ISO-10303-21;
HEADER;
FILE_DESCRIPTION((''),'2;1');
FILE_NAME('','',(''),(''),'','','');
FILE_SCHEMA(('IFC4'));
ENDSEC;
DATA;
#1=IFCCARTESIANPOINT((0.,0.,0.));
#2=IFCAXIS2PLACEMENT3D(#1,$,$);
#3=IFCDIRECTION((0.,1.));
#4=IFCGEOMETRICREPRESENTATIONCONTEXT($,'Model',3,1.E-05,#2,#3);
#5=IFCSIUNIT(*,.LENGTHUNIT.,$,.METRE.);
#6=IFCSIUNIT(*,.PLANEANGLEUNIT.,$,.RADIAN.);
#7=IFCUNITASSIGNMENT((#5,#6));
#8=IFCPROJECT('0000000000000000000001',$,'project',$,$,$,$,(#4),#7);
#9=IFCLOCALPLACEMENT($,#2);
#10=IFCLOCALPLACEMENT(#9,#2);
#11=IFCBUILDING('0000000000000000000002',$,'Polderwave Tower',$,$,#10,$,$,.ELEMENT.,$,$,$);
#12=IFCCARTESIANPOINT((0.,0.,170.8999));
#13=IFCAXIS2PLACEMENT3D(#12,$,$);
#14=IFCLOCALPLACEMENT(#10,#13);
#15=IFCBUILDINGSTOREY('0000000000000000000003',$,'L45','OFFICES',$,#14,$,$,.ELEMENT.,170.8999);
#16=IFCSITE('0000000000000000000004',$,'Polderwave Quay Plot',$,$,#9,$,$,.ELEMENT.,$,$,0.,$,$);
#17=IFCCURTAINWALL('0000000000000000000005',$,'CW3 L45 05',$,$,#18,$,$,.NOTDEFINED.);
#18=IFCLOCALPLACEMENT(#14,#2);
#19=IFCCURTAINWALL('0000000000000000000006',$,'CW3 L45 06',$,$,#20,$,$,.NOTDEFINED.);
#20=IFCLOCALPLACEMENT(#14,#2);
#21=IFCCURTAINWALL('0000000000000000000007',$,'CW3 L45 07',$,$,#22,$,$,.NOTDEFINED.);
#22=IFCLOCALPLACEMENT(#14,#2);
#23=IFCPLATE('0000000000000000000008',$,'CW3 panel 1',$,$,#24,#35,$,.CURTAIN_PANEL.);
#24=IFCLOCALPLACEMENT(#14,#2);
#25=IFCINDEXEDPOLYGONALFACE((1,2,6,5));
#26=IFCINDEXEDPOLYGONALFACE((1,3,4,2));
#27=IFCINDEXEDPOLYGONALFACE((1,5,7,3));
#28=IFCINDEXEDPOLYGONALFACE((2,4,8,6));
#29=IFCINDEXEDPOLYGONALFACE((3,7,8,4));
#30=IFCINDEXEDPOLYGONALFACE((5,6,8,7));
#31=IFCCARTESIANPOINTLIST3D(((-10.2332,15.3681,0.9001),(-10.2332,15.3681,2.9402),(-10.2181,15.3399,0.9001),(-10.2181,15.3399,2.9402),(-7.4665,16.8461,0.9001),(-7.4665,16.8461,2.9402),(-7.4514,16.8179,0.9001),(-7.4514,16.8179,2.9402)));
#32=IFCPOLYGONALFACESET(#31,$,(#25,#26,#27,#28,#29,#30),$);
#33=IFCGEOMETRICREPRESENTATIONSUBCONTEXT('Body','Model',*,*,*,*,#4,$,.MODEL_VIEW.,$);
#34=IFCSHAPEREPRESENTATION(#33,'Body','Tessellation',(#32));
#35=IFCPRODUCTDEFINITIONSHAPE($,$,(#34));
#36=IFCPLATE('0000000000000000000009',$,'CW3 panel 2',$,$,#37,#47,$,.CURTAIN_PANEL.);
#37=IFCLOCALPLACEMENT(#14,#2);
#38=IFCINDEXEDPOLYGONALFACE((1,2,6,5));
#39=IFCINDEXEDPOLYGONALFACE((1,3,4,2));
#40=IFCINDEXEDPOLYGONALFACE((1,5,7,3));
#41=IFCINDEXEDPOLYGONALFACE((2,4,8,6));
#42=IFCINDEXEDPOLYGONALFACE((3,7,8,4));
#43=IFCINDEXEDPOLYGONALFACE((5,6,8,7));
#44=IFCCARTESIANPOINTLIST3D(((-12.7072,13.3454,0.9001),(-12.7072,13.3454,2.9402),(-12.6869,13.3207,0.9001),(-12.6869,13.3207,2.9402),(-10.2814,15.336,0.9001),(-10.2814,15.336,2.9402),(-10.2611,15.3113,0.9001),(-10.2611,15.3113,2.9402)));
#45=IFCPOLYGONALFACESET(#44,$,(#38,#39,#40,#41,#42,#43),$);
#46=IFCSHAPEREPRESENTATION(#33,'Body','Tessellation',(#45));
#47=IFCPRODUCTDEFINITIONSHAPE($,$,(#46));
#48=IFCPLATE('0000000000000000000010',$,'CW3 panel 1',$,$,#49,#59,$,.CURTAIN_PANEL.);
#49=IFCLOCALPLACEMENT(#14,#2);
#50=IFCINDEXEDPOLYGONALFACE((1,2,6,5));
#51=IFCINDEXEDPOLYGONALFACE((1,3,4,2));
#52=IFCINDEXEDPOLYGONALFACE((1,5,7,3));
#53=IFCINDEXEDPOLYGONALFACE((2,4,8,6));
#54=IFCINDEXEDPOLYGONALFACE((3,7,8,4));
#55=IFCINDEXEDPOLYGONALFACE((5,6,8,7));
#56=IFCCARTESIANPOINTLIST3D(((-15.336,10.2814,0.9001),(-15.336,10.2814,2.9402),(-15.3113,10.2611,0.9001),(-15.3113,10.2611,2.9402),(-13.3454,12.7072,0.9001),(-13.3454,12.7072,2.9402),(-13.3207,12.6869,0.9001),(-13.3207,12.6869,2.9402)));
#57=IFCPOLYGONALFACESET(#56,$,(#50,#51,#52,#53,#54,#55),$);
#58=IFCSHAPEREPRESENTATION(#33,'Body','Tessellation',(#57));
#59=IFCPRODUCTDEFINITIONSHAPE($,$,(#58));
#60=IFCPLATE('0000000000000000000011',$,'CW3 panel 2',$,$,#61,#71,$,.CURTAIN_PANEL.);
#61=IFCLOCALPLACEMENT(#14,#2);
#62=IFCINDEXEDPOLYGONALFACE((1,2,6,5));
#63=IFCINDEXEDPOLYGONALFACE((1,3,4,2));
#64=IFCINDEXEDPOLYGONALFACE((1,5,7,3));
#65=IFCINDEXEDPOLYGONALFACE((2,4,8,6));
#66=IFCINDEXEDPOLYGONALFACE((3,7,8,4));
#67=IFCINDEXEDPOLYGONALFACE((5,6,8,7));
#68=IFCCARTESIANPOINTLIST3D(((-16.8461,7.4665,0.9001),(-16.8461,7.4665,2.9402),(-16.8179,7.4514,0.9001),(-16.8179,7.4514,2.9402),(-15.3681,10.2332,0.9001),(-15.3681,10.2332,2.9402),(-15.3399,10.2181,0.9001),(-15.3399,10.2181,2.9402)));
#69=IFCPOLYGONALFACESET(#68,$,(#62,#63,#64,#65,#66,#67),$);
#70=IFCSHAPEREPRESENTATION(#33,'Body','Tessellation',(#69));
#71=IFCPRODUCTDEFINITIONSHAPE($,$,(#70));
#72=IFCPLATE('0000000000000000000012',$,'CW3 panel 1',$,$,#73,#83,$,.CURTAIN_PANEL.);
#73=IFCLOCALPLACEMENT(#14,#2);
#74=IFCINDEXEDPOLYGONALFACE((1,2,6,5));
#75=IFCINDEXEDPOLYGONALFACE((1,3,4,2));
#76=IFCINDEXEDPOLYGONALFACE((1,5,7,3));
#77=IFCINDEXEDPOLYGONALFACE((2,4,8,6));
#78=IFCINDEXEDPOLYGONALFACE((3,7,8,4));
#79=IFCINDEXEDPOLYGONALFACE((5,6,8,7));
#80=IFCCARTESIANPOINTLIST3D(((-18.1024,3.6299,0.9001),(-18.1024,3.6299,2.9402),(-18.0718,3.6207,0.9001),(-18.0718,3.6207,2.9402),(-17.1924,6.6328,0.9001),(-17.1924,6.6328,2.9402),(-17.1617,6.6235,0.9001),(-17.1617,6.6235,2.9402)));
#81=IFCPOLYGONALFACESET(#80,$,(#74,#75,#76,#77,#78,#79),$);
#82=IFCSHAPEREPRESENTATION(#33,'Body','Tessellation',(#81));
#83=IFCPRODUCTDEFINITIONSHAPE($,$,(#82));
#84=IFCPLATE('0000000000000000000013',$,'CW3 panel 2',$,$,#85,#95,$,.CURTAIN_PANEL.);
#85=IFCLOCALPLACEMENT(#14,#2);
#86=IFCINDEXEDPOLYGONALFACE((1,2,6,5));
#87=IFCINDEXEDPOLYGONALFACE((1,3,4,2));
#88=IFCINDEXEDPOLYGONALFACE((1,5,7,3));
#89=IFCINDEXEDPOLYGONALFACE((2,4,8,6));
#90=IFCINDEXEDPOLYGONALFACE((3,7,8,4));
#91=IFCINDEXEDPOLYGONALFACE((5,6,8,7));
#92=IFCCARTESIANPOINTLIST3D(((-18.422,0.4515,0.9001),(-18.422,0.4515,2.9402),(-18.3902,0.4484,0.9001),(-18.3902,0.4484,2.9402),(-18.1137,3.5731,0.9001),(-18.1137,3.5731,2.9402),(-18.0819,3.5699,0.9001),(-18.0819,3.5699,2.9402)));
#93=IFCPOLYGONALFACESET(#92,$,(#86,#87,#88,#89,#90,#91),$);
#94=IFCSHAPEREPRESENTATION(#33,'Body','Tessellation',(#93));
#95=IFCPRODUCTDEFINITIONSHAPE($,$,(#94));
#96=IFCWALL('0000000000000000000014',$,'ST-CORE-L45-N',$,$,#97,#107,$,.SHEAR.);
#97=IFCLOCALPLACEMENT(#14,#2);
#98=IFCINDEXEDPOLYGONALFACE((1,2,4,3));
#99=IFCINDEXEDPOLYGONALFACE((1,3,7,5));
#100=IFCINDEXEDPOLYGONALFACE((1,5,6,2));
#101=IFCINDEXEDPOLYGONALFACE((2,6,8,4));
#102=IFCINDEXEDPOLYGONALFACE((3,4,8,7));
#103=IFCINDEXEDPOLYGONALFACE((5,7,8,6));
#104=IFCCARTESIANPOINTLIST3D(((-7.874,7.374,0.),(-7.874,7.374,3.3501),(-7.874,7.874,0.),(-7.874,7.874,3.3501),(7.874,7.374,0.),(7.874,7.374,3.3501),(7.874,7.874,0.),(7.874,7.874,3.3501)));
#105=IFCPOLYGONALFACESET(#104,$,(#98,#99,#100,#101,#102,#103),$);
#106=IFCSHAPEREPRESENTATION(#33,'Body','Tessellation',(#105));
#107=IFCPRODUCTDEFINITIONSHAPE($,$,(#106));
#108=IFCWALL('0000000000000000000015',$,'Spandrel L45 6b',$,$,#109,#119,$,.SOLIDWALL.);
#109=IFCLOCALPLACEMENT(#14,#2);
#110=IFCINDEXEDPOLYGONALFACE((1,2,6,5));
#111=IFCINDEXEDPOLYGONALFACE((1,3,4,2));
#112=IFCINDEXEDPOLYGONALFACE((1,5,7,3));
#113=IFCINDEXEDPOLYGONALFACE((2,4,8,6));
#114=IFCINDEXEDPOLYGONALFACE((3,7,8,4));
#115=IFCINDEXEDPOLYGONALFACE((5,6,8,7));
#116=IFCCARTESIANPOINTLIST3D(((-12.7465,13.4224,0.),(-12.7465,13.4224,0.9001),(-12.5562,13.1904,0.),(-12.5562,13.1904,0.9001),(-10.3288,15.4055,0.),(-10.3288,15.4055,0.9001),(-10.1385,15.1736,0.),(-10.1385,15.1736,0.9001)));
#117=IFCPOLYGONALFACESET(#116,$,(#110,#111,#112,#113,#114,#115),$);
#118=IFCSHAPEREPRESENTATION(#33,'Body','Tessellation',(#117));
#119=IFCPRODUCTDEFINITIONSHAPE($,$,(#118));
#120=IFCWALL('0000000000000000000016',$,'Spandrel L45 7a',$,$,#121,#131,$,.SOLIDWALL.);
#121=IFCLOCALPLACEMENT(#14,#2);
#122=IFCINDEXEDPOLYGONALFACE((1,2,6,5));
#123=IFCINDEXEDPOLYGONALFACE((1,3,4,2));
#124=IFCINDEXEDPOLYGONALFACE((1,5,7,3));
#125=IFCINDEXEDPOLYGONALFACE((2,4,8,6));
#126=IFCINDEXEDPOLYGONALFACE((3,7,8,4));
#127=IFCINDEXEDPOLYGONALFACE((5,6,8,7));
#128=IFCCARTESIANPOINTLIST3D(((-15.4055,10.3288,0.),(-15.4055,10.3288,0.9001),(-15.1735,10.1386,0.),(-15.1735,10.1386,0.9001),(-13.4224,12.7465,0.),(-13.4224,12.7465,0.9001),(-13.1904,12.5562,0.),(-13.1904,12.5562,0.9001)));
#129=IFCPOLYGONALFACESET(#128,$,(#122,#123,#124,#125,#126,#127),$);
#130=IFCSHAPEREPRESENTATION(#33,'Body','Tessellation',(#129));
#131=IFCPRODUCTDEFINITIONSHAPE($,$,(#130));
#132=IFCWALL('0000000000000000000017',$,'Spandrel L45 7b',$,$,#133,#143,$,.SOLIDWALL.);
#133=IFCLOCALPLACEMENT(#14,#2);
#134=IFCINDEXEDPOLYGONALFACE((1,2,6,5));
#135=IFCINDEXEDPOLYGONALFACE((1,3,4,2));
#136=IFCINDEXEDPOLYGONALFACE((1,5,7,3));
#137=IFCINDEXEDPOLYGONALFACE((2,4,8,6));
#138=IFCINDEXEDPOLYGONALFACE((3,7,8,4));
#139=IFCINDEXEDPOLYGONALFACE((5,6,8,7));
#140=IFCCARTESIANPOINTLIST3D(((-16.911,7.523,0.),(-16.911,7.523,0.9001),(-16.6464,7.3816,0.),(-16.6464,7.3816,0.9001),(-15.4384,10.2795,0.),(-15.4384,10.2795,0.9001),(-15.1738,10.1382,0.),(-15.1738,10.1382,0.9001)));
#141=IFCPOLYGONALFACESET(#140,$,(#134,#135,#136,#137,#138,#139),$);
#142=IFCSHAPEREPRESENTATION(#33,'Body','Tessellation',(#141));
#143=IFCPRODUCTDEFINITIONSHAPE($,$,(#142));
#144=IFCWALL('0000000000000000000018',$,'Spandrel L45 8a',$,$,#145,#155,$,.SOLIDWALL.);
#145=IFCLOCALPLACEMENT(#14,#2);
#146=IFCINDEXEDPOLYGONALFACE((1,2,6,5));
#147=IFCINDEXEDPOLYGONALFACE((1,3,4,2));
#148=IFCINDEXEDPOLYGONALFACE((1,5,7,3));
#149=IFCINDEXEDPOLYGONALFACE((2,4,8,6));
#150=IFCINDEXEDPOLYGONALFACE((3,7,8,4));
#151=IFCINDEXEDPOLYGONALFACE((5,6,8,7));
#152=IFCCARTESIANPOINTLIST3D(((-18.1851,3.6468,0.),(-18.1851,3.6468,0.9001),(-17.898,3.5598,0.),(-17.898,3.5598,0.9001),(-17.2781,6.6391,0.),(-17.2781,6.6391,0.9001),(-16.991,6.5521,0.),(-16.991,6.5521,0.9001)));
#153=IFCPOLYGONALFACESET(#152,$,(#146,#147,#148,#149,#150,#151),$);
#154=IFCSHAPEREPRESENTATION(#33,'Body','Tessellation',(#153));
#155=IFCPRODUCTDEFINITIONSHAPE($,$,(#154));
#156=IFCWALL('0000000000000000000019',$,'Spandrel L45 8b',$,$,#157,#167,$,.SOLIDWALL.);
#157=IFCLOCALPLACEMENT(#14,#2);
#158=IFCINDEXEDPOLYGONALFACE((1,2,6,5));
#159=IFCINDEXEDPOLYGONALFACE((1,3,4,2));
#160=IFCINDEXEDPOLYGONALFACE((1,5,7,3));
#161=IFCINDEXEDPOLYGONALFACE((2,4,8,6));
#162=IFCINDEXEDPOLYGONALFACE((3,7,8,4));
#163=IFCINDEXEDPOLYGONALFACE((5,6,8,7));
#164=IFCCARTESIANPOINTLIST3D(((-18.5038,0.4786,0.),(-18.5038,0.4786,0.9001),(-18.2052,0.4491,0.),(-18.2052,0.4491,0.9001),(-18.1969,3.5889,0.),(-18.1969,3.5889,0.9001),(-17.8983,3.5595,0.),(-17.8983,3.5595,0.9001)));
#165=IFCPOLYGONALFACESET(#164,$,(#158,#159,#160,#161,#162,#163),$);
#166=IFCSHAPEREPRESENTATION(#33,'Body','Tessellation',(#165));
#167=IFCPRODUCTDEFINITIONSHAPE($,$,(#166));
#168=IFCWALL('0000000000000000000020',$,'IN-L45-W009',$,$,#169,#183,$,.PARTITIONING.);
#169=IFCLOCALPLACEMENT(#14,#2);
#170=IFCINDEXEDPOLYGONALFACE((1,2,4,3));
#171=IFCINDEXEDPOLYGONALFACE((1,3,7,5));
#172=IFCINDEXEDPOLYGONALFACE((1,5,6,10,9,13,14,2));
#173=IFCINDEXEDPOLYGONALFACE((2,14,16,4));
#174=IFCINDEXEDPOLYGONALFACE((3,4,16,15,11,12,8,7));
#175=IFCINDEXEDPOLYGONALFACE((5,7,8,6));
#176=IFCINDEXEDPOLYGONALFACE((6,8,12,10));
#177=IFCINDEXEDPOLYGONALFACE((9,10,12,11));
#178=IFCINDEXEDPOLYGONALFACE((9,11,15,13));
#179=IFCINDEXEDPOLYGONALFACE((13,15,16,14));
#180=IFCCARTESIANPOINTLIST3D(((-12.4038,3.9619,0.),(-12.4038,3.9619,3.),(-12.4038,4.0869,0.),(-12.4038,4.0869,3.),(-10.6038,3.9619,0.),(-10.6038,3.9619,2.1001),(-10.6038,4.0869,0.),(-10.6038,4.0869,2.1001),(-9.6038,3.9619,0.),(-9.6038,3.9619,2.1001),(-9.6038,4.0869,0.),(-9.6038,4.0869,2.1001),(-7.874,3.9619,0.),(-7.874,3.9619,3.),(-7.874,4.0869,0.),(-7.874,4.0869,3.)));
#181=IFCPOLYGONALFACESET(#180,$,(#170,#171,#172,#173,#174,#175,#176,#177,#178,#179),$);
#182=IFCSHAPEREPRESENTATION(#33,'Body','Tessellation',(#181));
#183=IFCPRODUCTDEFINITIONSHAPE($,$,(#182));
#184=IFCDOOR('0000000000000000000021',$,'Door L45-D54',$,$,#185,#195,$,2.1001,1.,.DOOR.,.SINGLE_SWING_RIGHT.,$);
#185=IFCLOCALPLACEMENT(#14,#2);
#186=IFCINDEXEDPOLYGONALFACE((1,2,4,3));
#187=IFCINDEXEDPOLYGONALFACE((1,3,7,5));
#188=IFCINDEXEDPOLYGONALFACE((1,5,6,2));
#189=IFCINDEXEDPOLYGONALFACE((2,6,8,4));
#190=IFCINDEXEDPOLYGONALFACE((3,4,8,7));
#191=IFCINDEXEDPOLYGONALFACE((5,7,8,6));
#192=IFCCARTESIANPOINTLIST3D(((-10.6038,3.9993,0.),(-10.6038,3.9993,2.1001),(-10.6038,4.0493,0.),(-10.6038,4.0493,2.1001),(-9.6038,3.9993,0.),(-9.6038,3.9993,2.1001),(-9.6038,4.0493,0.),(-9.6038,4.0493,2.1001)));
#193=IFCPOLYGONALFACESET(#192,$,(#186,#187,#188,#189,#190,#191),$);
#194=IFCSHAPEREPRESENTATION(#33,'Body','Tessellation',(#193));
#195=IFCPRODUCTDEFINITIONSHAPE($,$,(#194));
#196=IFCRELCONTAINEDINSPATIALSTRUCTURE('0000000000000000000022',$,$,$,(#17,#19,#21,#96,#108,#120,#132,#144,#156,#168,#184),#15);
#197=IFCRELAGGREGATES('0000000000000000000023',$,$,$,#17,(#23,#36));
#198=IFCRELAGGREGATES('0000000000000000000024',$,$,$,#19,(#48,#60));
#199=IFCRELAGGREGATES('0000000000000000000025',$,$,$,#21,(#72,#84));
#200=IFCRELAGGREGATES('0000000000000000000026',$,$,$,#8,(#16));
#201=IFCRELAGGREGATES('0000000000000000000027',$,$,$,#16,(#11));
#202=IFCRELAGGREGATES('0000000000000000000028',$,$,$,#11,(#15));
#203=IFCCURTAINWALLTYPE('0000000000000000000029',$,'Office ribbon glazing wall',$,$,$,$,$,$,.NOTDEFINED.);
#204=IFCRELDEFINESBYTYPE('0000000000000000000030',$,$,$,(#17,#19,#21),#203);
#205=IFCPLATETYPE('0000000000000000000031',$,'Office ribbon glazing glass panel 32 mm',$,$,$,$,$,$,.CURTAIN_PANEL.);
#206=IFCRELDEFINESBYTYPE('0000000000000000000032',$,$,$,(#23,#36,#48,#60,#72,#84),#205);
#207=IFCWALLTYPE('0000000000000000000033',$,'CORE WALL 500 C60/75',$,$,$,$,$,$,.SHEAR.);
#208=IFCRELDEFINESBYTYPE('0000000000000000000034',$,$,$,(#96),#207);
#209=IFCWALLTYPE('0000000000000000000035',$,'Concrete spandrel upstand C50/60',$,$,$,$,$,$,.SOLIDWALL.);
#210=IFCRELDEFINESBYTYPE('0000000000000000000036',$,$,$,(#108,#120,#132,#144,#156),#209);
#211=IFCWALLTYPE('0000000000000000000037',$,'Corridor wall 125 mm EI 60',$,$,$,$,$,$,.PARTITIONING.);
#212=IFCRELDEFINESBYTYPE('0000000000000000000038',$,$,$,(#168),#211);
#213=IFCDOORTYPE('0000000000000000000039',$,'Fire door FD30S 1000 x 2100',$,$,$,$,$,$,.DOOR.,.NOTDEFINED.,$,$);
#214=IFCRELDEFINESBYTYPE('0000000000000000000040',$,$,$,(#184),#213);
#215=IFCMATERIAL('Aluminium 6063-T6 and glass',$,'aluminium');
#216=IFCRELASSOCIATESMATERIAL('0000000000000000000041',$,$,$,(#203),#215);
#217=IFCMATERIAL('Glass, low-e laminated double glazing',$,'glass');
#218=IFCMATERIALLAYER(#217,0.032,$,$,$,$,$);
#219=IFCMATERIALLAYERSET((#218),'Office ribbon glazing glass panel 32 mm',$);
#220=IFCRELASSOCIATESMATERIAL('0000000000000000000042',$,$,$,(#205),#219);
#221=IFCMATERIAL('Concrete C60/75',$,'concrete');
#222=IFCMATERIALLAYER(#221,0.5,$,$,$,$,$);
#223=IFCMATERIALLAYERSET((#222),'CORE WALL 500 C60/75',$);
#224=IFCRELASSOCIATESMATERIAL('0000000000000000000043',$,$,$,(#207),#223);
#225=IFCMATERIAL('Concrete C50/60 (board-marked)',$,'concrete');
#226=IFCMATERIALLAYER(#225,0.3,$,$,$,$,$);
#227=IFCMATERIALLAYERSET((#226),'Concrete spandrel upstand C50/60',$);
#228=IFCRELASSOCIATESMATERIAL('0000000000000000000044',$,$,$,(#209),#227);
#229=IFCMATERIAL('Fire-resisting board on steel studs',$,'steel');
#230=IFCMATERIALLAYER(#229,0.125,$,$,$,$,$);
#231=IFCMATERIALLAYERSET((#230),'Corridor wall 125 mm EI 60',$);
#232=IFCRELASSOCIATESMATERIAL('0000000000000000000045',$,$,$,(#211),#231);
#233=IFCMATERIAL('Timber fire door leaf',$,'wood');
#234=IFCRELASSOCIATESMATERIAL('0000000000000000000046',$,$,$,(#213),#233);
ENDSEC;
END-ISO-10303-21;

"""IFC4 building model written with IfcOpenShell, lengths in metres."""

from ifc_helpers import new_model, si_unit, direction, frame, frame_2d, origin, origin_2d, place, context, subcontext, project, spatial, rectangle, extrude, material, layer, layer_set, type_object, element, fill, aggregate, save


model = new_model("IFC4")

# Units and contexts
model_context = context("Model", 3, precision=1e-05, world=origin(), true_north=direction((0.0, 1.0)))
body_context = subcontext(model_context, "Body", "Model", "MODEL_VIEW")
ifc_project = project(units=[si_unit("LENGTHUNIT", "METRE"), si_unit("PLANEANGLEUNIT", "RADIAN")], contexts=[model_context])

# Site, building, storey
site_placement = place(None, origin())
site = spatial("IfcSite", under=ifc_project, at=site_placement, Name="Polderwave Quay Plot", CompositionType="ELEMENT", RefElevation=0.0)
building_placement = place(site_placement, origin())
building = spatial("IfcBuilding", under=site, at=building_placement, Name="Polderwave Tower", CompositionType="ELEMENT")
storey_placement = place(building_placement, frame((0.0, 0.0, 170.8999)))
storey = spatial("IfcBuildingStorey", under=building, at=storey_placement, Name="L45", Description="OFFICES", CompositionType="ELEMENT", Elevation=170.8999)

# Shared definitions
ifc_material_1 = material(Name="Concrete C60/75", Category="concrete")

# Curtain walls
ifc_material_2 = material(Name="Aluminium 6063-T6 and glass", Category="aluminium")
curtain_wall_type = type_object("IfcCurtainWallType", Name="Office ribbon glazing wall", PredefinedType="NOTDEFINED", material=ifc_material_2)
curtain_wall_1_placement = place(storey_placement, origin())
curtain_wall_1 = element("IfcCurtainWall", 1, at=curtain_wall_1_placement, inside=storey, type_object=curtain_wall_type, Name="CW3 L45 05", PredefinedType="NOTDEFINED")
curtain_wall_2_placement = place(storey_placement, origin())
curtain_wall_2 = element("IfcCurtainWall", 2, at=curtain_wall_2_placement, inside=storey, type_object=curtain_wall_type, Name="CW3 L45 06", PredefinedType="NOTDEFINED")
curtain_wall_3_placement = place(storey_placement, origin())
curtain_wall_3 = element("IfcCurtainWall", 3, at=curtain_wall_3_placement, inside=storey, type_object=curtain_wall_type, Name="CW3 L45 07", PredefinedType="NOTDEFINED")

# Plates
ifc_material_3 = material(Name="Glass, low-e laminated double glazing", Category="glass")
ifc_layer_1 = layer(ifc_material_3, 0.032)
ifc_layer_set_1 = layer_set([ifc_layer_1], Name="Office ribbon glazing glass panel 32 mm")
plate_type = type_object("IfcPlateType", Name="Office ribbon glazing glass panel 32 mm", PredefinedType="CURTAIN_PANEL", material=ifc_layer_set_1)
plate_1_placement = place(storey_placement, frame((-8.8423, 16.093, 0.9001), z_axis=(0.0, 0.0, 1.0), x_axis=(-0.882029, -0.471195, 0.0)))
plate_1 = element("IfcPlate", 4, at=plate_1_placement, type_object=plate_type, Name="CW3 panel 1", PredefinedType="CURTAIN_PANEL", context=body_context, shape_type="SweptSolid", body=[
    extrude(rectangle(XDim=3.1367, YDim=0.032, at=origin_2d()), origin(), (0.0, 0.0, 1.0), 2.04),
])
plate_2_placement = place(storey_placement, frame((-11.4841, 14.3284, 0.9001), z_axis=(0.0, 0.0, 1.0), x_axis=(-0.773041, -0.634356, 0.0)))
plate_2 = element("IfcPlate", 5, at=plate_2_placement, type_object=plate_type, Name="CW3 panel 2", PredefinedType="CURTAIN_PANEL", context=body_context, shape_type="SweptSolid", body=[
    extrude(rectangle(XDim=3.1379, YDim=0.032, at=origin_2d()), origin(), (0.0, 0.0, 1.0), 2.04),
])
aggregate(curtain_wall_1, [plate_1, plate_2])
plate_3_placement = place(storey_placement, frame((-14.3284, 11.4841, 0.9001), z_axis=(0.0, 0.0, 1.0), x_axis=(-0.634356, -0.773041, 0.0)))
plate_3 = element("IfcPlate", 6, at=plate_3_placement, type_object=plate_type, Name="CW3 panel 1", PredefinedType="CURTAIN_PANEL", context=body_context, shape_type="SweptSolid", body=[
    extrude(rectangle(XDim=3.1379, YDim=0.032, at=origin_2d()), origin(), (0.0, 0.0, 1.0), 2.04),
])
plate_4_placement = place(storey_placement, frame((-16.093, 8.8423, 0.9001), z_axis=(0.0, 0.0, 1.0), x_axis=(-0.471195, -0.882029, 0.0)))
plate_4 = element("IfcPlate", 7, at=plate_4_placement, type_object=plate_type, Name="CW3 panel 2", PredefinedType="CURTAIN_PANEL", context=body_context, shape_type="SweptSolid", body=[
    extrude(rectangle(XDim=3.1367, YDim=0.032, at=origin_2d()), origin(), (0.0, 0.0, 1.0), 2.04),
])
aggregate(curtain_wall_2, [plate_3, plate_4])
plate_5_placement = place(storey_placement, frame((-17.6321, 5.1267, 0.9001), z_axis=(0.0, 0.0, 1.0), x_axis=(-0.290042, -0.957014, 0.0)))
plate_5 = element("IfcPlate", 8, at=plate_5_placement, type_object=plate_type, Name="CW3 panel 1", PredefinedType="CURTAIN_PANEL", context=body_context, shape_type="SweptSolid", body=[
    extrude(rectangle(XDim=3.1377, YDim=0.032, at=origin_2d()), origin(), (0.0, 0.0, 1.0), 2.04),
])
plate_6_placement = place(storey_placement, frame((-18.252, 2.0107, 0.9001), z_axis=(0.0, 0.0, 1.0), x_axis=(-0.098283, -0.995159, 0.0)))
plate_6 = element("IfcPlate", 9, at=plate_6_placement, type_object=plate_type, Name="CW3 panel 2", PredefinedType="CURTAIN_PANEL", context=body_context, shape_type="SweptSolid", body=[
    extrude(rectangle(XDim=3.1367, YDim=0.032, at=origin_2d()), origin(), (0.0, 0.0, 1.0), 2.04),
])
aggregate(curtain_wall_3, [plate_5, plate_6])

# Walls
ifc_layer_2 = layer(ifc_material_1, 0.5)
ifc_layer_set_2 = layer_set([ifc_layer_2], Name="CORE WALL 500 C60/75")
wall_type_1 = type_object("IfcWallType", Name="CORE WALL 500 C60/75", PredefinedType="SHEAR", material=ifc_layer_set_2)
wall_1_placement = place(storey_placement, frame((-7.874, 7.624, 0.0), z_axis=(0.0, 0.0, 1.0), x_axis=(1.0, 0.0, 0.0)))
element("IfcWall", 10, at=wall_1_placement, inside=storey, type_object=wall_type_1, Name="ST-CORE-L45-N", PredefinedType="SHEAR", context=body_context, shape_type="SweptSolid", body=[
    extrude(rectangle(XDim=15.748, YDim=0.5, at=frame_2d((7.874, 0.0))), origin(), (0.0, 0.0, 1.0), 3.3501),
])
ifc_material_4 = material(Name="Concrete C50/60 (board-marked)", Category="concrete")
ifc_layer_3 = layer(ifc_material_4, 0.3)
ifc_layer_set_3 = layer_set([ifc_layer_3], Name="Concrete spandrel upstand C50/60")
wall_type_2 = type_object("IfcWallType", Name="Concrete spandrel upstand C50/60", PredefinedType="SOLIDWALL", material=ifc_layer_set_3)
for number, where, z_axis, x_axis, name in (
    (11, (-10.2336, 15.2896, 0.0), (0.0, 0.0, 1.0), (-0.773171, -0.634198, 0.0), "Spandrel L45 6b"),
    (12, (-13.3064, 12.6514, 0.0), (0.0, 0.0, 1.0), (-0.634198, -0.773171, 0.0), "Spandrel L45 7a"),
):
    element("IfcWall", number, at=place(storey_placement, frame(where, z_axis=z_axis, x_axis=x_axis)), inside=storey, type_object=wall_type_2, Name=name, PredefinedType="SOLIDWALL", context=body_context, shape_type="SweptSolid", body=[
        extrude(rectangle(XDim=3.127, YDim=0.3, at=frame_2d((1.5635, 0.0))), origin(), (0.0, 0.0, 1.0), 0.9001),
    ])
wall_2_placement = place(storey_placement, frame((-15.3062, 10.2087, 0.0), z_axis=(0.0, 0.0, 1.0), x_axis=(-0.471204, -0.882024, 0.0)))
element("IfcWall", 13, at=wall_2_placement, inside=storey, type_object=wall_type_2, Name="Spandrel L45 7b", PredefinedType="SOLIDWALL", context=body_context, shape_type="SweptSolid", body=[
    extrude(rectangle(XDim=3.1252, YDim=0.3, at=frame_2d((1.5625, 0.0))), origin(), (0.0, 0.0, 1.0), 0.9001),
])
wall_3_placement = place(storey_placement, frame((-17.1345, 6.5957, 0.0), z_axis=(0.0, 0.0, 1.0), x_axis=(-0.290083, -0.957001, 0.0)))
element("IfcWall", 14, at=wall_3_placement, inside=storey, type_object=wall_type_2, Name="Spandrel L45 8a", PredefinedType="SOLIDWALL", context=body_context, shape_type="SweptSolid", body=[
    extrude(rectangle(XDim=3.1267, YDim=0.3, at=frame_2d((1.5635, 0.0))), origin(), (0.0, 0.0, 1.0), 0.9001),
])
wall_4_placement = place(storey_placement, frame((-18.0476, 3.5742, 0.0), z_axis=(0.0, 0.0, 1.0), x_axis=(-0.098189, -0.995168, 0.0)))
element("IfcWall", 15, at=wall_4_placement, inside=storey, type_object=wall_type_2, Name="Spandrel L45 8b", PredefinedType="SOLIDWALL", context=body_context, shape_type="SweptSolid", body=[
    extrude(rectangle(XDim=3.1255, YDim=0.3, at=frame_2d((1.5627, 0.0))), origin(), (0.0, 0.0, 1.0), 0.9001),
])

# Wall, opening, door
ifc_material_5 = material(Name="Fire-resisting board on steel studs", Category="steel")
ifc_layer_4 = layer(ifc_material_5, 0.125)
ifc_layer_set_4 = layer_set([ifc_layer_4], Name="Corridor wall 125 mm EI 60")
wall_type_3 = type_object("IfcWallType", Name="Corridor wall 125 mm EI 60", PredefinedType="PARTITIONING", material=ifc_layer_set_4)
wall_5_placement = place(storey_placement, frame((-12.4038, 4.0244, 0.0), z_axis=(0.0, 0.0, 1.0), x_axis=(1.0, 0.0, 0.0)))
wall_5 = element("IfcWall", 16, at=wall_5_placement, inside=storey, type_object=wall_type_3, Name="IN-L45-W009", PredefinedType="PARTITIONING", context=body_context, shape_type="SweptSolid", body=[
    extrude(rectangle(XDim=4.5298, YDim=0.125, at=frame_2d((2.2649, 0.0))), origin(), (0.0, 0.0, 1.0), 3.0),
])
opening_1_placement = place(wall_5_placement, frame((1.8, 0.0, 0.0)))
opening_1 = element("IfcOpeningElement", 17, at=opening_1_placement, cuts=wall_5, PredefinedType="OPENING", context=body_context, shape_type="SweptSolid", body=[
    extrude(rectangle(XDim=1.0, YDim=2.1001, at=frame_2d((0.5, 1.05))), frame((0.0, 0.0725, 0.0), z_axis=(0.0, -1.0, 0.0), x_axis=(1.0, 0.0, 0.0)), (0.0, 0.0, 1.0), 0.145),
])
ifc_material_6 = material(Name="Timber fire door leaf", Category="wood")
door_type_1 = type_object("IfcDoorType", Name="Fire door FD30S 1000 x 2100", OperationType="NOTDEFINED", PredefinedType="DOOR", material=ifc_material_6)
door_1_placement = place(opening_1_placement, origin())
door_1 = element("IfcDoor", 18, at=door_1_placement, inside=storey, type_object=door_type_1, Name="Door L45-D54", OperationType="SINGLE_SWING_RIGHT", OverallHeight=2.1001, OverallWidth=1.0, PredefinedType="DOOR", context=body_context, shape_type="SweptSolid", body=[
    extrude(rectangle(XDim=1.0, YDim=2.1001, at=frame_2d((0.5, 1.05))), frame((0.0, 0.0249, 0.0), z_axis=(0.0, -1.0, 0.0), x_axis=(1.0, 0.0, 0.0)), (0.0, 0.0, 1.0), 0.05),
])
fill(opening_1, door_1)

save(model, "model.ifc")
